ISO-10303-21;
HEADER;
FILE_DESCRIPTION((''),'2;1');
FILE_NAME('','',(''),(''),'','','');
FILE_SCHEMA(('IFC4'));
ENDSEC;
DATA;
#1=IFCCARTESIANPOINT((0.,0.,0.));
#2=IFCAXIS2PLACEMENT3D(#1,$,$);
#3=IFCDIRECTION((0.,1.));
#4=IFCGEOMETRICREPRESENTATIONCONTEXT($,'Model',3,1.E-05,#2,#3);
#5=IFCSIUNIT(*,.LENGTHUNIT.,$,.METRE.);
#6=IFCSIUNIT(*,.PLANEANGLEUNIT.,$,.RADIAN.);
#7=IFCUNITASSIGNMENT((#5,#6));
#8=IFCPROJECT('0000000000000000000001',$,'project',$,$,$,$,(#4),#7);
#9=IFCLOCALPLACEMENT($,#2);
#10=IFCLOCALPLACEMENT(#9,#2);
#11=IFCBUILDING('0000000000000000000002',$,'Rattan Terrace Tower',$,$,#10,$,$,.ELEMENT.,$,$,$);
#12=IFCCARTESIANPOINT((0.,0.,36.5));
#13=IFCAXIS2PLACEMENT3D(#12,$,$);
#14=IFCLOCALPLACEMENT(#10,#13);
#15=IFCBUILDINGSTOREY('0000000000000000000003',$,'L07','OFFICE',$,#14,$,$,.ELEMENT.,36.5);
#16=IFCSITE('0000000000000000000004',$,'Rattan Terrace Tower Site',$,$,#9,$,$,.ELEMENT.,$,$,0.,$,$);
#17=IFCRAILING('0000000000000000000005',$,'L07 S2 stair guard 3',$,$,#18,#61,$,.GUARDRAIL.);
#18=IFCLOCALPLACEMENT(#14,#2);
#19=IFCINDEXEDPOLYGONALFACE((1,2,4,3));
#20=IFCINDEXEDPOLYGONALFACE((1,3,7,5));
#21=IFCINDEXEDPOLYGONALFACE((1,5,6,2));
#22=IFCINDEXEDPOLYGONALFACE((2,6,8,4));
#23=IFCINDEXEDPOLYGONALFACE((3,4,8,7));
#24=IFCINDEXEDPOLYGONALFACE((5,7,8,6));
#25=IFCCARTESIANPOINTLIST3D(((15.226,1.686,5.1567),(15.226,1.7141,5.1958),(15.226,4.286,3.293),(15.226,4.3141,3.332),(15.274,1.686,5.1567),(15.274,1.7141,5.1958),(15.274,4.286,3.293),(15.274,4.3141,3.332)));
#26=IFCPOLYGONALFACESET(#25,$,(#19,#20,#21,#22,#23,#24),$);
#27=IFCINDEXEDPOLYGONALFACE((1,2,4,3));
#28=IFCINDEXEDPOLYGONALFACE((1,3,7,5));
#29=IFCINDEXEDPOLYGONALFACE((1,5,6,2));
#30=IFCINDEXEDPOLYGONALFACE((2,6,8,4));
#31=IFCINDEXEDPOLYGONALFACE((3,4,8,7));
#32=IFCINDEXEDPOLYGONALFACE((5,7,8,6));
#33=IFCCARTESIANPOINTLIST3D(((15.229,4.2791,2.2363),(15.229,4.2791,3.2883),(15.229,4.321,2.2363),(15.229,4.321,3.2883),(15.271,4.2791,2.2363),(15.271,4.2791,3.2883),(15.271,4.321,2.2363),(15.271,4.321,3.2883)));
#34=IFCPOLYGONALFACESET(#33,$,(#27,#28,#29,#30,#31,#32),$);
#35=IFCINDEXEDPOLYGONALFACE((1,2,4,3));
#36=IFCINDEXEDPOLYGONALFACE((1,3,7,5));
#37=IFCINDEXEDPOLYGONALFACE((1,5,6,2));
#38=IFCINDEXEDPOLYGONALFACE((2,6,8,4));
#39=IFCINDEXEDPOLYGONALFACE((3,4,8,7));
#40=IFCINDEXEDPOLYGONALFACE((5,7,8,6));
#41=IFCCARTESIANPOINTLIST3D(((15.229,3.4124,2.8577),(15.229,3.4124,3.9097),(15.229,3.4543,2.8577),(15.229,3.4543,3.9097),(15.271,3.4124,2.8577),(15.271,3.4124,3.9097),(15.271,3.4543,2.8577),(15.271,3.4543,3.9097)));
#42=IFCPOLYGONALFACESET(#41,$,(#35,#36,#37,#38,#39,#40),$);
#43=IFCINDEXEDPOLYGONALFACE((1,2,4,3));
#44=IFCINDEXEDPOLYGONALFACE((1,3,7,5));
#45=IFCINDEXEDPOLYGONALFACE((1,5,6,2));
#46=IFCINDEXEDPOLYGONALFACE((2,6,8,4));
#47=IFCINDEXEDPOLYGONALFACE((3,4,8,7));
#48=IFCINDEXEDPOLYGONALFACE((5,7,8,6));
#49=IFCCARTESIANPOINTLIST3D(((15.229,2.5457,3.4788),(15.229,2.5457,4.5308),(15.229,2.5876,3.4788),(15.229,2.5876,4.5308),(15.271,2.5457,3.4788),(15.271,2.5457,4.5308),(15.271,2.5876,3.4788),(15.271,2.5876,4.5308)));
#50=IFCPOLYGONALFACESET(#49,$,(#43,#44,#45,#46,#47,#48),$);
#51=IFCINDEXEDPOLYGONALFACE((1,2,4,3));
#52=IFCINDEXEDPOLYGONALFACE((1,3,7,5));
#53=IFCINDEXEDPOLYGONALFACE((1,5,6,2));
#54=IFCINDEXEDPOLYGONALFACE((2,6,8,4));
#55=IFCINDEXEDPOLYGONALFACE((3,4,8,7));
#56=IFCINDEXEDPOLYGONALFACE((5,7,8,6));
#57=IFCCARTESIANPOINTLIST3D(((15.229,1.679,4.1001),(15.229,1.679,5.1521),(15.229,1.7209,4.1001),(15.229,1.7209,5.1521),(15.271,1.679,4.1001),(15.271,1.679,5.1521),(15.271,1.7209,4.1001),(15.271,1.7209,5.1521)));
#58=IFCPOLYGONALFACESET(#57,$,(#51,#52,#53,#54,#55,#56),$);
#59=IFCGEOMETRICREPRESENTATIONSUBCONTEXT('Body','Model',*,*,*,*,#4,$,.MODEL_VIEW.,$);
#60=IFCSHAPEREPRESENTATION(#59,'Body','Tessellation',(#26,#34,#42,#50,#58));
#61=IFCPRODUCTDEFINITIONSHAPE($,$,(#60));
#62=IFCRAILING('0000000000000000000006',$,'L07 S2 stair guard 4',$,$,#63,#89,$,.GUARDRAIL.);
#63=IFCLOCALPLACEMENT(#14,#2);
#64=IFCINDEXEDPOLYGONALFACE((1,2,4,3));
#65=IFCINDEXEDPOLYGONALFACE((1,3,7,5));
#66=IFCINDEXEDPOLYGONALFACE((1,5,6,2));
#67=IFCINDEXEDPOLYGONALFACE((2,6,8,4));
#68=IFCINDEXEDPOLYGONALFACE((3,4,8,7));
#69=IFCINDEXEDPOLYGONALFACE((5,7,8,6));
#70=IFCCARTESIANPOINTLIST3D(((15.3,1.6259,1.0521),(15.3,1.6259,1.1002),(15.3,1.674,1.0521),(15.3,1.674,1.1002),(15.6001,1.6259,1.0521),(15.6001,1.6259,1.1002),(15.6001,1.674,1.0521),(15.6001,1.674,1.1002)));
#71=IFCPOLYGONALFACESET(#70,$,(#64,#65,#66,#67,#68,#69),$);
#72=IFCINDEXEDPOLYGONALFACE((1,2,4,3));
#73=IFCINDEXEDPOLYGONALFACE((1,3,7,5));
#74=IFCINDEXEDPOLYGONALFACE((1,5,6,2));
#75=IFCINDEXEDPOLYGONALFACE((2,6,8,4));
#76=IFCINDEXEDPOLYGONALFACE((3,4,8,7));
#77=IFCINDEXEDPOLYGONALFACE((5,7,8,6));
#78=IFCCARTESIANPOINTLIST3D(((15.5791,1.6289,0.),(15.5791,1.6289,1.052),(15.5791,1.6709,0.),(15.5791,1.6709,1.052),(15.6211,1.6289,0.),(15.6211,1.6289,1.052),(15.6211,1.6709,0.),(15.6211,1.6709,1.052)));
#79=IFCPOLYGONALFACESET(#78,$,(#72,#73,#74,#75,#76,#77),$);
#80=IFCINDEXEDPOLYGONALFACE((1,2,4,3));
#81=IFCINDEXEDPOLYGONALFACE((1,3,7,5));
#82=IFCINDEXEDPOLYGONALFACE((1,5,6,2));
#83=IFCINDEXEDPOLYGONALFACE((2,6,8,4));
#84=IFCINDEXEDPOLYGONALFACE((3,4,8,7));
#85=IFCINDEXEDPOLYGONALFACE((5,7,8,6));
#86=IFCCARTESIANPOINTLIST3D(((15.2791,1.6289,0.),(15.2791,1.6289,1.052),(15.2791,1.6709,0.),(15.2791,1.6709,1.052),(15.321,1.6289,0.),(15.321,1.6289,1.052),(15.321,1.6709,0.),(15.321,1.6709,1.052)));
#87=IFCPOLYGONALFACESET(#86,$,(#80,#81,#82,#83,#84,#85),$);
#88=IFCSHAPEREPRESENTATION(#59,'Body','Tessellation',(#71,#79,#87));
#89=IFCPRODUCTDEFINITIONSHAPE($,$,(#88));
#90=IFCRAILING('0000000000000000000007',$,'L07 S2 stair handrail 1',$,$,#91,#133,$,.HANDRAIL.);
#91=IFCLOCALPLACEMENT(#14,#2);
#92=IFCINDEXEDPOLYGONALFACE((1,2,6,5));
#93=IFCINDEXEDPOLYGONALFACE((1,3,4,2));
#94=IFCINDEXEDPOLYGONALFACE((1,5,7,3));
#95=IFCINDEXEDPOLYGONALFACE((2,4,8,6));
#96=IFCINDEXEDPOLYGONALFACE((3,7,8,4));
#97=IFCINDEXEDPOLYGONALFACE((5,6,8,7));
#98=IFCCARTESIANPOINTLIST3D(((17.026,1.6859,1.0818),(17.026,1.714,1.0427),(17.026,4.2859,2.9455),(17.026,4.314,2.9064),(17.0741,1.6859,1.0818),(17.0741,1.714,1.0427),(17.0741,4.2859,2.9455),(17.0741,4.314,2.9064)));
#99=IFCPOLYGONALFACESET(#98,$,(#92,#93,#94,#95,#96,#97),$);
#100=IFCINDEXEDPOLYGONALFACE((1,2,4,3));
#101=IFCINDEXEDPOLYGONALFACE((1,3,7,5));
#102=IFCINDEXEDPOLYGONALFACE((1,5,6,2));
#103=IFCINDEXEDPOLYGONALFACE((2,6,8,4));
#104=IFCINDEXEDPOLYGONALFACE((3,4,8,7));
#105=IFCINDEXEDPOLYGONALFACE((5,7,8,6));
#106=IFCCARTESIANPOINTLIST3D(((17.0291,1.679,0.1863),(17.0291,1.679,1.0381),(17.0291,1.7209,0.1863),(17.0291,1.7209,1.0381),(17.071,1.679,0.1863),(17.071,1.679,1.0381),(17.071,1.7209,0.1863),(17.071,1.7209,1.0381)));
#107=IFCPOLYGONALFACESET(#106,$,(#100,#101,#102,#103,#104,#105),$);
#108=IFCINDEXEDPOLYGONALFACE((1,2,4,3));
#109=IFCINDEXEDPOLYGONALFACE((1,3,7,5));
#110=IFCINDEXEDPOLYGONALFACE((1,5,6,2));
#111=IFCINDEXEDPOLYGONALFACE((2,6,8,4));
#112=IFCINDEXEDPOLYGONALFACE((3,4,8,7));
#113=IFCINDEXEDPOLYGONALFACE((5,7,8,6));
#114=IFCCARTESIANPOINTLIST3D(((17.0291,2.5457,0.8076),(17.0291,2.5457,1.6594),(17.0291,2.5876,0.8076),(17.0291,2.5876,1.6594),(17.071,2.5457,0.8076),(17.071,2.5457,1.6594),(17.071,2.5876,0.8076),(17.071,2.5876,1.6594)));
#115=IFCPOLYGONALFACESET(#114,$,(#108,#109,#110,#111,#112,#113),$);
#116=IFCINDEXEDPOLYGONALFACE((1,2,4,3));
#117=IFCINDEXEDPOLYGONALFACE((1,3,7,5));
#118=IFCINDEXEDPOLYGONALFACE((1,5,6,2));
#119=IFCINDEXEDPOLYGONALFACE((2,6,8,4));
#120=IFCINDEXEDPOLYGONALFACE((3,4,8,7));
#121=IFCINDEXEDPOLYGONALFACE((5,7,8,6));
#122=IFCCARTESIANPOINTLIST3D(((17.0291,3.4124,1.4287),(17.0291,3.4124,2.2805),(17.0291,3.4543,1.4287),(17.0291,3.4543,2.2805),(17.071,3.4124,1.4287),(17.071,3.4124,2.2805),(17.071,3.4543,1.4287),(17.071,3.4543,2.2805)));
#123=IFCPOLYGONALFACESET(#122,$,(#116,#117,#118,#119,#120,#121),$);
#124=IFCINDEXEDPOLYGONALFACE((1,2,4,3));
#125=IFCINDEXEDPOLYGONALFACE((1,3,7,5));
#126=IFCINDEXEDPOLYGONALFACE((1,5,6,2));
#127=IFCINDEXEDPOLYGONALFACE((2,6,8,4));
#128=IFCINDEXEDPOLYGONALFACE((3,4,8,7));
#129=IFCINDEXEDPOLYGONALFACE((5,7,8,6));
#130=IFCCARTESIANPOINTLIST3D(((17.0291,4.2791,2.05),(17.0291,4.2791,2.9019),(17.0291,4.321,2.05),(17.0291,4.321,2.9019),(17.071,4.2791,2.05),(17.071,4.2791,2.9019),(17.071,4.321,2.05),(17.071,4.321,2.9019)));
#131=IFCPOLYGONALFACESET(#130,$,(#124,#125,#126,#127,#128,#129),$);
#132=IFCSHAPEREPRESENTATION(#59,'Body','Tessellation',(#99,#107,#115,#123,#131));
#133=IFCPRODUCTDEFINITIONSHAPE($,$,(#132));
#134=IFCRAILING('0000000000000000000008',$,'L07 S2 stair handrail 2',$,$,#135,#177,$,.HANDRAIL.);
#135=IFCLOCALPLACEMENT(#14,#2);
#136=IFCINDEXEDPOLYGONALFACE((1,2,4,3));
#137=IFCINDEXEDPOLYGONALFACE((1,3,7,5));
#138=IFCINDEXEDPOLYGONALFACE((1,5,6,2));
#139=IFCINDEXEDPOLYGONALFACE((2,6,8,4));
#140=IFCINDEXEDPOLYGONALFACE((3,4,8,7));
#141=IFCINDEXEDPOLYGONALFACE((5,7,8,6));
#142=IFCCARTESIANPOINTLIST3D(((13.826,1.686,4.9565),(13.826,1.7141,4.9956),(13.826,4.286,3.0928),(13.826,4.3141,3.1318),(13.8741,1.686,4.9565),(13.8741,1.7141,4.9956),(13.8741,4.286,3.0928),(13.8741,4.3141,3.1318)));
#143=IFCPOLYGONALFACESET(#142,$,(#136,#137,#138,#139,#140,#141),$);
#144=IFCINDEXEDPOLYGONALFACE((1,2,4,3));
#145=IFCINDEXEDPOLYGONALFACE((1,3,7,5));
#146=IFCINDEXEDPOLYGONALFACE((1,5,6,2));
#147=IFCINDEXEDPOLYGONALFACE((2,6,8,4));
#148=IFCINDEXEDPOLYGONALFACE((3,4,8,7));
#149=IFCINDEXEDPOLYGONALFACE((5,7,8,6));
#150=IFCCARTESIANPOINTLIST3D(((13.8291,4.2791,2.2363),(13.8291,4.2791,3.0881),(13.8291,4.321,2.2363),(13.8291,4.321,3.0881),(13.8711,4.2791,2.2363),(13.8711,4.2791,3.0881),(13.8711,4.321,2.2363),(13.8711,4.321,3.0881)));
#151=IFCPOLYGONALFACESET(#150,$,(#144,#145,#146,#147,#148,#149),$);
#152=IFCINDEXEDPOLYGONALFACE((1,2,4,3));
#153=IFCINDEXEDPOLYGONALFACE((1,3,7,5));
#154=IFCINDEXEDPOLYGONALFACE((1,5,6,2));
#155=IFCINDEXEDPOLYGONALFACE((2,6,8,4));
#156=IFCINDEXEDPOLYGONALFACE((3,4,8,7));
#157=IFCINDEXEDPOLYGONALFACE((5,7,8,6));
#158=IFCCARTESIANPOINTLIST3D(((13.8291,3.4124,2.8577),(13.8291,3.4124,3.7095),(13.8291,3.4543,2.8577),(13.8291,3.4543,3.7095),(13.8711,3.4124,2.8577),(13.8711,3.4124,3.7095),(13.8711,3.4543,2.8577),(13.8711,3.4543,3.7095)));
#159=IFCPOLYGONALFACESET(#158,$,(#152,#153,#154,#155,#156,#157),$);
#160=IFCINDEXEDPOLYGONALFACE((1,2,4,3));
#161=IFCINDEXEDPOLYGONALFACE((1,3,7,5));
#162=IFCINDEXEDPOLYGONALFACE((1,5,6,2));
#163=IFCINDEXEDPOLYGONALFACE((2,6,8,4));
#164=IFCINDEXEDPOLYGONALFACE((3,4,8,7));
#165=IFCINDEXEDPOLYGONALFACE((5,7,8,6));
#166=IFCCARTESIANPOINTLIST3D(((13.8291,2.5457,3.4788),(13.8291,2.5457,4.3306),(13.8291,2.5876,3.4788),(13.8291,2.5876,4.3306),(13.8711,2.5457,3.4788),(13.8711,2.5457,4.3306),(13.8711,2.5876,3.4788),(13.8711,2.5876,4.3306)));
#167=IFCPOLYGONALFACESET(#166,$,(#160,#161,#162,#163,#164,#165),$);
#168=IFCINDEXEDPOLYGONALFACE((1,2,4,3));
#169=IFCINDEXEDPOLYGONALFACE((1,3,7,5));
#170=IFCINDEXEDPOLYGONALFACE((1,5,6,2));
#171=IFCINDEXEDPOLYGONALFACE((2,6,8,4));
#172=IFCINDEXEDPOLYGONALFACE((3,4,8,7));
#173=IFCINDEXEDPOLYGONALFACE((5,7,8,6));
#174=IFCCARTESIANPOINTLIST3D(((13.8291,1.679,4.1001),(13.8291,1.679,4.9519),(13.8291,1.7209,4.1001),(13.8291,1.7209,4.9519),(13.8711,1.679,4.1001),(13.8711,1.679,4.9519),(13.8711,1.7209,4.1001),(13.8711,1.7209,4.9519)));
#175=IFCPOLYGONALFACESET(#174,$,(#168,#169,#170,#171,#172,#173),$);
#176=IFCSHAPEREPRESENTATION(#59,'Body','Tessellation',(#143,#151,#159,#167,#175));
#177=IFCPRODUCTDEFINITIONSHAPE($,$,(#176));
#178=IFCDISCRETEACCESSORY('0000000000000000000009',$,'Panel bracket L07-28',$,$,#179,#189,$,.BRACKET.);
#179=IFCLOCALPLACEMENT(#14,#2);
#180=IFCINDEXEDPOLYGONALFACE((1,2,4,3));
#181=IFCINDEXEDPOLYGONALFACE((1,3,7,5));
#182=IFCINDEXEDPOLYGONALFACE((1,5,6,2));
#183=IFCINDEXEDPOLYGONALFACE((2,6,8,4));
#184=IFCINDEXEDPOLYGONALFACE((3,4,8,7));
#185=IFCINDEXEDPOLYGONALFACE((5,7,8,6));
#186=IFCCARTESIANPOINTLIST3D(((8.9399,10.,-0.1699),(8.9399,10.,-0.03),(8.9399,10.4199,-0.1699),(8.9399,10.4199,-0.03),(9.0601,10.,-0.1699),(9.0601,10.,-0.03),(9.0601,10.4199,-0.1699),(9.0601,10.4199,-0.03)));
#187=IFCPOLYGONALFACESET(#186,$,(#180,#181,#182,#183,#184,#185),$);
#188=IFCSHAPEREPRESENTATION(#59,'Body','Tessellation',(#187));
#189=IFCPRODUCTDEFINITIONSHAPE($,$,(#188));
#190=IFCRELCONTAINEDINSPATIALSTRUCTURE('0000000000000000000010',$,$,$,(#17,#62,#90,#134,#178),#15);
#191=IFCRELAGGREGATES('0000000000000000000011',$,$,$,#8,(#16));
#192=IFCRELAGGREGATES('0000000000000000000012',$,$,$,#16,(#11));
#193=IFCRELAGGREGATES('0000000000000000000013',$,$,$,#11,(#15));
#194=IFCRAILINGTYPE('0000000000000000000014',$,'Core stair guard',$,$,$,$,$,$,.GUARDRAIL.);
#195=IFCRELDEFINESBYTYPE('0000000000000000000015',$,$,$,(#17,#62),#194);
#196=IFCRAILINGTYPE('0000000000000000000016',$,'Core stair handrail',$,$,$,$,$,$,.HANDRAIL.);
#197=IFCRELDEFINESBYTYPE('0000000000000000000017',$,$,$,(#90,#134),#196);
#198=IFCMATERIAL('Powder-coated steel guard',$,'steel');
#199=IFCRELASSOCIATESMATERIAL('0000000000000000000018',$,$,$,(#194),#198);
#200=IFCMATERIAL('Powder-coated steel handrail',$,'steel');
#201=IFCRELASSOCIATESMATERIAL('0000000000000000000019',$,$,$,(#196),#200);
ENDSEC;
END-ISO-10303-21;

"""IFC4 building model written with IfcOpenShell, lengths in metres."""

from ifc_helpers import new_model, si_unit, direction, frame, origin, origin_2d, place, context, subcontext, project, spatial, rectangle, extrude, material, type_object, element, save


model = new_model("IFC4")

# Units and contexts
model_context = context("Model", 3, precision=1e-05, world=origin(), true_north=direction((0.0, 1.0)))
body_context = subcontext(model_context, "Body", "Model", "MODEL_VIEW")
ifc_project = project(units=[si_unit("LENGTHUNIT", "METRE"), si_unit("PLANEANGLEUNIT", "RADIAN")], contexts=[model_context])

# Site, building, storey
site_placement = place(None, origin())
site = spatial("IfcSite", under=ifc_project, at=site_placement, Name="Rattan Terrace Tower Site", CompositionType="ELEMENT", RefElevation=0.0)
building_placement = place(site_placement, origin())
building = spatial("IfcBuilding", under=site, at=building_placement, Name="Rattan Terrace Tower", CompositionType="ELEMENT")
storey_placement = place(building_placement, frame((0.0, 0.0, 36.5)))
storey = spatial("IfcBuildingStorey", under=building, at=storey_placement, Name="L07", Description="OFFICE", CompositionType="ELEMENT", Elevation=36.5)

# Railings
ifc_material_1 = material(Name="Powder-coated steel guard", Category="steel")
railing_type_1 = type_object("IfcRailingType", Name="Core stair guard", PredefinedType="GUARDRAIL", material=ifc_material_1)
railing_1_placement = place(storey_placement, frame((15.25, 4.3, 2.2363)))
element("IfcRailing", 1, at=railing_1_placement, inside=storey, type_object=railing_type_1, Name="L07 S2 stair guard 3", PredefinedType="GUARDRAIL", context=body_context, shape_type="SweptSolid", body=[
    extrude(rectangle(XDim=0.0481, YDim=0.0481, at=origin_2d()), frame((0.0, 0.0, 1.0762), z_axis=(0.0, -0.812763, 0.582595), x_axis=(1.0, 0.0, 0.0)), (0.0, 0.0, 1.0), 3.199),
    extrude(rectangle(XDim=0.042, YDim=0.042, at=origin_2d()), origin(), (0.0, 0.0, 1.0), 1.052),
    extrude(rectangle(XDim=0.042, YDim=0.042, at=origin_2d()), frame((0.0, -0.8667, 0.6213)), (0.0, 0.0, 1.0), 1.052),
    extrude(rectangle(XDim=0.042, YDim=0.042, at=origin_2d()), frame((0.0, -1.7334, 1.2424)), (0.0, 0.0, 1.0), 1.052),
    extrude(rectangle(XDim=0.042, YDim=0.042, at=origin_2d()), frame((0.0, -2.6001, 1.8638)), (0.0, 0.0, 1.0), 1.052),
])
railing_2_placement = place(storey_placement, frame((15.6001, 1.6499, 0.0)))
element("IfcRailing", 2, at=railing_2_placement, inside=storey, type_object=railing_type_1, Name="L07 S2 stair guard 4", PredefinedType="GUARDRAIL", context=body_context, shape_type="SweptSolid", body=[
    extrude(rectangle(XDim=0.0481, YDim=0.0481, at=origin_2d()), frame((0.0, 0.0, 1.0762), z_axis=(-1.0, 0.0, 0.0), x_axis=(0.0, -1.0, 0.0)), (0.0, 0.0, 1.0), 0.3),
    extrude(rectangle(XDim=0.042, YDim=0.042, at=origin_2d()), origin(), (0.0, 0.0, 1.0), 1.052),
    extrude(rectangle(XDim=0.042, YDim=0.042, at=origin_2d()), frame((-0.3, 0.0, 0.0)), (0.0, 0.0, 1.0), 1.052),
])
ifc_material_2 = material(Name="Powder-coated steel handrail", Category="steel")
railing_type_2 = type_object("IfcRailingType", Name="Core stair handrail", PredefinedType="HANDRAIL", material=ifc_material_2)
railing_3_placement = place(storey_placement, frame((17.05, 1.7, 0.1863)))
element("IfcRailing", 3, at=railing_3_placement, inside=storey, type_object=railing_type_2, Name="L07 S2 stair handrail 1", PredefinedType="HANDRAIL", context=body_context, shape_type="SweptSolid", body=[
    extrude(rectangle(XDim=0.0481, YDim=0.0481, at=origin_2d()), frame((0.0, 0.0, 0.876), z_axis=(0.0, 0.812763, 0.582595), x_axis=(-1.0, 0.0, 0.0)), (0.0, 0.0, 1.0), 3.199),
    extrude(rectangle(XDim=0.042, YDim=0.042, at=origin_2d()), origin(), (0.0, 0.0, 1.0), 0.8518),
    extrude(rectangle(XDim=0.042, YDim=0.042, at=origin_2d()), frame((0.0, 0.8667, 0.6213)), (0.0, 0.0, 1.0), 0.8518),
    extrude(rectangle(XDim=0.042, YDim=0.042, at=origin_2d()), frame((0.0, 1.7334, 1.2424)), (0.0, 0.0, 1.0), 0.8518),
    extrude(rectangle(XDim=0.042, YDim=0.042, at=origin_2d()), frame((0.0, 2.6001, 1.8638)), (0.0, 0.0, 1.0), 0.8518),
])
railing_4_placement = place(storey_placement, frame((13.8501, 4.3, 2.2363)))
element("IfcRailing", 4, at=railing_4_placement, inside=storey, type_object=railing_type_2, Name="L07 S2 stair handrail 2", PredefinedType="HANDRAIL", context=body_context, shape_type="SweptSolid", body=[
    extrude(rectangle(XDim=0.0481, YDim=0.0481, at=origin_2d()), frame((0.0, 0.0, 0.876), z_axis=(0.0, -0.812763, 0.582595), x_axis=(1.0, 0.0, 0.0)), (0.0, 0.0, 1.0), 3.199),
    extrude(rectangle(XDim=0.042, YDim=0.042, at=origin_2d()), origin(), (0.0, 0.0, 1.0), 0.8518),
    extrude(rectangle(XDim=0.042, YDim=0.042, at=origin_2d()), frame((0.0, -0.8667, 0.6213)), (0.0, 0.0, 1.0), 0.8518),
    extrude(rectangle(XDim=0.042, YDim=0.042, at=origin_2d()), frame((0.0, -1.7334, 1.2424)), (0.0, 0.0, 1.0), 0.8518),
    extrude(rectangle(XDim=0.042, YDim=0.042, at=origin_2d()), frame((0.0, -2.6001, 1.8638)), (0.0, 0.0, 1.0), 0.8518),
])

# Discrete accessory
discrete_accessory_placement = place(storey_placement, frame((9.0, 10.21, -0.1699), z_axis=(0.0, 0.0, 1.0), x_axis=(-1.0, 0.0, 0.0)))
element("IfcDiscreteAccessory", 5, at=discrete_accessory_placement, inside=storey, Name="Panel bracket L07-28", PredefinedType="BRACKET", context=body_context, shape_type="SweptSolid", body=[
    extrude(rectangle(XDim=0.1201, YDim=0.4199, at=origin_2d()), origin(), (0.0, 0.0, 1.0), 0.1399),
])

save(model, "model.ifc")
